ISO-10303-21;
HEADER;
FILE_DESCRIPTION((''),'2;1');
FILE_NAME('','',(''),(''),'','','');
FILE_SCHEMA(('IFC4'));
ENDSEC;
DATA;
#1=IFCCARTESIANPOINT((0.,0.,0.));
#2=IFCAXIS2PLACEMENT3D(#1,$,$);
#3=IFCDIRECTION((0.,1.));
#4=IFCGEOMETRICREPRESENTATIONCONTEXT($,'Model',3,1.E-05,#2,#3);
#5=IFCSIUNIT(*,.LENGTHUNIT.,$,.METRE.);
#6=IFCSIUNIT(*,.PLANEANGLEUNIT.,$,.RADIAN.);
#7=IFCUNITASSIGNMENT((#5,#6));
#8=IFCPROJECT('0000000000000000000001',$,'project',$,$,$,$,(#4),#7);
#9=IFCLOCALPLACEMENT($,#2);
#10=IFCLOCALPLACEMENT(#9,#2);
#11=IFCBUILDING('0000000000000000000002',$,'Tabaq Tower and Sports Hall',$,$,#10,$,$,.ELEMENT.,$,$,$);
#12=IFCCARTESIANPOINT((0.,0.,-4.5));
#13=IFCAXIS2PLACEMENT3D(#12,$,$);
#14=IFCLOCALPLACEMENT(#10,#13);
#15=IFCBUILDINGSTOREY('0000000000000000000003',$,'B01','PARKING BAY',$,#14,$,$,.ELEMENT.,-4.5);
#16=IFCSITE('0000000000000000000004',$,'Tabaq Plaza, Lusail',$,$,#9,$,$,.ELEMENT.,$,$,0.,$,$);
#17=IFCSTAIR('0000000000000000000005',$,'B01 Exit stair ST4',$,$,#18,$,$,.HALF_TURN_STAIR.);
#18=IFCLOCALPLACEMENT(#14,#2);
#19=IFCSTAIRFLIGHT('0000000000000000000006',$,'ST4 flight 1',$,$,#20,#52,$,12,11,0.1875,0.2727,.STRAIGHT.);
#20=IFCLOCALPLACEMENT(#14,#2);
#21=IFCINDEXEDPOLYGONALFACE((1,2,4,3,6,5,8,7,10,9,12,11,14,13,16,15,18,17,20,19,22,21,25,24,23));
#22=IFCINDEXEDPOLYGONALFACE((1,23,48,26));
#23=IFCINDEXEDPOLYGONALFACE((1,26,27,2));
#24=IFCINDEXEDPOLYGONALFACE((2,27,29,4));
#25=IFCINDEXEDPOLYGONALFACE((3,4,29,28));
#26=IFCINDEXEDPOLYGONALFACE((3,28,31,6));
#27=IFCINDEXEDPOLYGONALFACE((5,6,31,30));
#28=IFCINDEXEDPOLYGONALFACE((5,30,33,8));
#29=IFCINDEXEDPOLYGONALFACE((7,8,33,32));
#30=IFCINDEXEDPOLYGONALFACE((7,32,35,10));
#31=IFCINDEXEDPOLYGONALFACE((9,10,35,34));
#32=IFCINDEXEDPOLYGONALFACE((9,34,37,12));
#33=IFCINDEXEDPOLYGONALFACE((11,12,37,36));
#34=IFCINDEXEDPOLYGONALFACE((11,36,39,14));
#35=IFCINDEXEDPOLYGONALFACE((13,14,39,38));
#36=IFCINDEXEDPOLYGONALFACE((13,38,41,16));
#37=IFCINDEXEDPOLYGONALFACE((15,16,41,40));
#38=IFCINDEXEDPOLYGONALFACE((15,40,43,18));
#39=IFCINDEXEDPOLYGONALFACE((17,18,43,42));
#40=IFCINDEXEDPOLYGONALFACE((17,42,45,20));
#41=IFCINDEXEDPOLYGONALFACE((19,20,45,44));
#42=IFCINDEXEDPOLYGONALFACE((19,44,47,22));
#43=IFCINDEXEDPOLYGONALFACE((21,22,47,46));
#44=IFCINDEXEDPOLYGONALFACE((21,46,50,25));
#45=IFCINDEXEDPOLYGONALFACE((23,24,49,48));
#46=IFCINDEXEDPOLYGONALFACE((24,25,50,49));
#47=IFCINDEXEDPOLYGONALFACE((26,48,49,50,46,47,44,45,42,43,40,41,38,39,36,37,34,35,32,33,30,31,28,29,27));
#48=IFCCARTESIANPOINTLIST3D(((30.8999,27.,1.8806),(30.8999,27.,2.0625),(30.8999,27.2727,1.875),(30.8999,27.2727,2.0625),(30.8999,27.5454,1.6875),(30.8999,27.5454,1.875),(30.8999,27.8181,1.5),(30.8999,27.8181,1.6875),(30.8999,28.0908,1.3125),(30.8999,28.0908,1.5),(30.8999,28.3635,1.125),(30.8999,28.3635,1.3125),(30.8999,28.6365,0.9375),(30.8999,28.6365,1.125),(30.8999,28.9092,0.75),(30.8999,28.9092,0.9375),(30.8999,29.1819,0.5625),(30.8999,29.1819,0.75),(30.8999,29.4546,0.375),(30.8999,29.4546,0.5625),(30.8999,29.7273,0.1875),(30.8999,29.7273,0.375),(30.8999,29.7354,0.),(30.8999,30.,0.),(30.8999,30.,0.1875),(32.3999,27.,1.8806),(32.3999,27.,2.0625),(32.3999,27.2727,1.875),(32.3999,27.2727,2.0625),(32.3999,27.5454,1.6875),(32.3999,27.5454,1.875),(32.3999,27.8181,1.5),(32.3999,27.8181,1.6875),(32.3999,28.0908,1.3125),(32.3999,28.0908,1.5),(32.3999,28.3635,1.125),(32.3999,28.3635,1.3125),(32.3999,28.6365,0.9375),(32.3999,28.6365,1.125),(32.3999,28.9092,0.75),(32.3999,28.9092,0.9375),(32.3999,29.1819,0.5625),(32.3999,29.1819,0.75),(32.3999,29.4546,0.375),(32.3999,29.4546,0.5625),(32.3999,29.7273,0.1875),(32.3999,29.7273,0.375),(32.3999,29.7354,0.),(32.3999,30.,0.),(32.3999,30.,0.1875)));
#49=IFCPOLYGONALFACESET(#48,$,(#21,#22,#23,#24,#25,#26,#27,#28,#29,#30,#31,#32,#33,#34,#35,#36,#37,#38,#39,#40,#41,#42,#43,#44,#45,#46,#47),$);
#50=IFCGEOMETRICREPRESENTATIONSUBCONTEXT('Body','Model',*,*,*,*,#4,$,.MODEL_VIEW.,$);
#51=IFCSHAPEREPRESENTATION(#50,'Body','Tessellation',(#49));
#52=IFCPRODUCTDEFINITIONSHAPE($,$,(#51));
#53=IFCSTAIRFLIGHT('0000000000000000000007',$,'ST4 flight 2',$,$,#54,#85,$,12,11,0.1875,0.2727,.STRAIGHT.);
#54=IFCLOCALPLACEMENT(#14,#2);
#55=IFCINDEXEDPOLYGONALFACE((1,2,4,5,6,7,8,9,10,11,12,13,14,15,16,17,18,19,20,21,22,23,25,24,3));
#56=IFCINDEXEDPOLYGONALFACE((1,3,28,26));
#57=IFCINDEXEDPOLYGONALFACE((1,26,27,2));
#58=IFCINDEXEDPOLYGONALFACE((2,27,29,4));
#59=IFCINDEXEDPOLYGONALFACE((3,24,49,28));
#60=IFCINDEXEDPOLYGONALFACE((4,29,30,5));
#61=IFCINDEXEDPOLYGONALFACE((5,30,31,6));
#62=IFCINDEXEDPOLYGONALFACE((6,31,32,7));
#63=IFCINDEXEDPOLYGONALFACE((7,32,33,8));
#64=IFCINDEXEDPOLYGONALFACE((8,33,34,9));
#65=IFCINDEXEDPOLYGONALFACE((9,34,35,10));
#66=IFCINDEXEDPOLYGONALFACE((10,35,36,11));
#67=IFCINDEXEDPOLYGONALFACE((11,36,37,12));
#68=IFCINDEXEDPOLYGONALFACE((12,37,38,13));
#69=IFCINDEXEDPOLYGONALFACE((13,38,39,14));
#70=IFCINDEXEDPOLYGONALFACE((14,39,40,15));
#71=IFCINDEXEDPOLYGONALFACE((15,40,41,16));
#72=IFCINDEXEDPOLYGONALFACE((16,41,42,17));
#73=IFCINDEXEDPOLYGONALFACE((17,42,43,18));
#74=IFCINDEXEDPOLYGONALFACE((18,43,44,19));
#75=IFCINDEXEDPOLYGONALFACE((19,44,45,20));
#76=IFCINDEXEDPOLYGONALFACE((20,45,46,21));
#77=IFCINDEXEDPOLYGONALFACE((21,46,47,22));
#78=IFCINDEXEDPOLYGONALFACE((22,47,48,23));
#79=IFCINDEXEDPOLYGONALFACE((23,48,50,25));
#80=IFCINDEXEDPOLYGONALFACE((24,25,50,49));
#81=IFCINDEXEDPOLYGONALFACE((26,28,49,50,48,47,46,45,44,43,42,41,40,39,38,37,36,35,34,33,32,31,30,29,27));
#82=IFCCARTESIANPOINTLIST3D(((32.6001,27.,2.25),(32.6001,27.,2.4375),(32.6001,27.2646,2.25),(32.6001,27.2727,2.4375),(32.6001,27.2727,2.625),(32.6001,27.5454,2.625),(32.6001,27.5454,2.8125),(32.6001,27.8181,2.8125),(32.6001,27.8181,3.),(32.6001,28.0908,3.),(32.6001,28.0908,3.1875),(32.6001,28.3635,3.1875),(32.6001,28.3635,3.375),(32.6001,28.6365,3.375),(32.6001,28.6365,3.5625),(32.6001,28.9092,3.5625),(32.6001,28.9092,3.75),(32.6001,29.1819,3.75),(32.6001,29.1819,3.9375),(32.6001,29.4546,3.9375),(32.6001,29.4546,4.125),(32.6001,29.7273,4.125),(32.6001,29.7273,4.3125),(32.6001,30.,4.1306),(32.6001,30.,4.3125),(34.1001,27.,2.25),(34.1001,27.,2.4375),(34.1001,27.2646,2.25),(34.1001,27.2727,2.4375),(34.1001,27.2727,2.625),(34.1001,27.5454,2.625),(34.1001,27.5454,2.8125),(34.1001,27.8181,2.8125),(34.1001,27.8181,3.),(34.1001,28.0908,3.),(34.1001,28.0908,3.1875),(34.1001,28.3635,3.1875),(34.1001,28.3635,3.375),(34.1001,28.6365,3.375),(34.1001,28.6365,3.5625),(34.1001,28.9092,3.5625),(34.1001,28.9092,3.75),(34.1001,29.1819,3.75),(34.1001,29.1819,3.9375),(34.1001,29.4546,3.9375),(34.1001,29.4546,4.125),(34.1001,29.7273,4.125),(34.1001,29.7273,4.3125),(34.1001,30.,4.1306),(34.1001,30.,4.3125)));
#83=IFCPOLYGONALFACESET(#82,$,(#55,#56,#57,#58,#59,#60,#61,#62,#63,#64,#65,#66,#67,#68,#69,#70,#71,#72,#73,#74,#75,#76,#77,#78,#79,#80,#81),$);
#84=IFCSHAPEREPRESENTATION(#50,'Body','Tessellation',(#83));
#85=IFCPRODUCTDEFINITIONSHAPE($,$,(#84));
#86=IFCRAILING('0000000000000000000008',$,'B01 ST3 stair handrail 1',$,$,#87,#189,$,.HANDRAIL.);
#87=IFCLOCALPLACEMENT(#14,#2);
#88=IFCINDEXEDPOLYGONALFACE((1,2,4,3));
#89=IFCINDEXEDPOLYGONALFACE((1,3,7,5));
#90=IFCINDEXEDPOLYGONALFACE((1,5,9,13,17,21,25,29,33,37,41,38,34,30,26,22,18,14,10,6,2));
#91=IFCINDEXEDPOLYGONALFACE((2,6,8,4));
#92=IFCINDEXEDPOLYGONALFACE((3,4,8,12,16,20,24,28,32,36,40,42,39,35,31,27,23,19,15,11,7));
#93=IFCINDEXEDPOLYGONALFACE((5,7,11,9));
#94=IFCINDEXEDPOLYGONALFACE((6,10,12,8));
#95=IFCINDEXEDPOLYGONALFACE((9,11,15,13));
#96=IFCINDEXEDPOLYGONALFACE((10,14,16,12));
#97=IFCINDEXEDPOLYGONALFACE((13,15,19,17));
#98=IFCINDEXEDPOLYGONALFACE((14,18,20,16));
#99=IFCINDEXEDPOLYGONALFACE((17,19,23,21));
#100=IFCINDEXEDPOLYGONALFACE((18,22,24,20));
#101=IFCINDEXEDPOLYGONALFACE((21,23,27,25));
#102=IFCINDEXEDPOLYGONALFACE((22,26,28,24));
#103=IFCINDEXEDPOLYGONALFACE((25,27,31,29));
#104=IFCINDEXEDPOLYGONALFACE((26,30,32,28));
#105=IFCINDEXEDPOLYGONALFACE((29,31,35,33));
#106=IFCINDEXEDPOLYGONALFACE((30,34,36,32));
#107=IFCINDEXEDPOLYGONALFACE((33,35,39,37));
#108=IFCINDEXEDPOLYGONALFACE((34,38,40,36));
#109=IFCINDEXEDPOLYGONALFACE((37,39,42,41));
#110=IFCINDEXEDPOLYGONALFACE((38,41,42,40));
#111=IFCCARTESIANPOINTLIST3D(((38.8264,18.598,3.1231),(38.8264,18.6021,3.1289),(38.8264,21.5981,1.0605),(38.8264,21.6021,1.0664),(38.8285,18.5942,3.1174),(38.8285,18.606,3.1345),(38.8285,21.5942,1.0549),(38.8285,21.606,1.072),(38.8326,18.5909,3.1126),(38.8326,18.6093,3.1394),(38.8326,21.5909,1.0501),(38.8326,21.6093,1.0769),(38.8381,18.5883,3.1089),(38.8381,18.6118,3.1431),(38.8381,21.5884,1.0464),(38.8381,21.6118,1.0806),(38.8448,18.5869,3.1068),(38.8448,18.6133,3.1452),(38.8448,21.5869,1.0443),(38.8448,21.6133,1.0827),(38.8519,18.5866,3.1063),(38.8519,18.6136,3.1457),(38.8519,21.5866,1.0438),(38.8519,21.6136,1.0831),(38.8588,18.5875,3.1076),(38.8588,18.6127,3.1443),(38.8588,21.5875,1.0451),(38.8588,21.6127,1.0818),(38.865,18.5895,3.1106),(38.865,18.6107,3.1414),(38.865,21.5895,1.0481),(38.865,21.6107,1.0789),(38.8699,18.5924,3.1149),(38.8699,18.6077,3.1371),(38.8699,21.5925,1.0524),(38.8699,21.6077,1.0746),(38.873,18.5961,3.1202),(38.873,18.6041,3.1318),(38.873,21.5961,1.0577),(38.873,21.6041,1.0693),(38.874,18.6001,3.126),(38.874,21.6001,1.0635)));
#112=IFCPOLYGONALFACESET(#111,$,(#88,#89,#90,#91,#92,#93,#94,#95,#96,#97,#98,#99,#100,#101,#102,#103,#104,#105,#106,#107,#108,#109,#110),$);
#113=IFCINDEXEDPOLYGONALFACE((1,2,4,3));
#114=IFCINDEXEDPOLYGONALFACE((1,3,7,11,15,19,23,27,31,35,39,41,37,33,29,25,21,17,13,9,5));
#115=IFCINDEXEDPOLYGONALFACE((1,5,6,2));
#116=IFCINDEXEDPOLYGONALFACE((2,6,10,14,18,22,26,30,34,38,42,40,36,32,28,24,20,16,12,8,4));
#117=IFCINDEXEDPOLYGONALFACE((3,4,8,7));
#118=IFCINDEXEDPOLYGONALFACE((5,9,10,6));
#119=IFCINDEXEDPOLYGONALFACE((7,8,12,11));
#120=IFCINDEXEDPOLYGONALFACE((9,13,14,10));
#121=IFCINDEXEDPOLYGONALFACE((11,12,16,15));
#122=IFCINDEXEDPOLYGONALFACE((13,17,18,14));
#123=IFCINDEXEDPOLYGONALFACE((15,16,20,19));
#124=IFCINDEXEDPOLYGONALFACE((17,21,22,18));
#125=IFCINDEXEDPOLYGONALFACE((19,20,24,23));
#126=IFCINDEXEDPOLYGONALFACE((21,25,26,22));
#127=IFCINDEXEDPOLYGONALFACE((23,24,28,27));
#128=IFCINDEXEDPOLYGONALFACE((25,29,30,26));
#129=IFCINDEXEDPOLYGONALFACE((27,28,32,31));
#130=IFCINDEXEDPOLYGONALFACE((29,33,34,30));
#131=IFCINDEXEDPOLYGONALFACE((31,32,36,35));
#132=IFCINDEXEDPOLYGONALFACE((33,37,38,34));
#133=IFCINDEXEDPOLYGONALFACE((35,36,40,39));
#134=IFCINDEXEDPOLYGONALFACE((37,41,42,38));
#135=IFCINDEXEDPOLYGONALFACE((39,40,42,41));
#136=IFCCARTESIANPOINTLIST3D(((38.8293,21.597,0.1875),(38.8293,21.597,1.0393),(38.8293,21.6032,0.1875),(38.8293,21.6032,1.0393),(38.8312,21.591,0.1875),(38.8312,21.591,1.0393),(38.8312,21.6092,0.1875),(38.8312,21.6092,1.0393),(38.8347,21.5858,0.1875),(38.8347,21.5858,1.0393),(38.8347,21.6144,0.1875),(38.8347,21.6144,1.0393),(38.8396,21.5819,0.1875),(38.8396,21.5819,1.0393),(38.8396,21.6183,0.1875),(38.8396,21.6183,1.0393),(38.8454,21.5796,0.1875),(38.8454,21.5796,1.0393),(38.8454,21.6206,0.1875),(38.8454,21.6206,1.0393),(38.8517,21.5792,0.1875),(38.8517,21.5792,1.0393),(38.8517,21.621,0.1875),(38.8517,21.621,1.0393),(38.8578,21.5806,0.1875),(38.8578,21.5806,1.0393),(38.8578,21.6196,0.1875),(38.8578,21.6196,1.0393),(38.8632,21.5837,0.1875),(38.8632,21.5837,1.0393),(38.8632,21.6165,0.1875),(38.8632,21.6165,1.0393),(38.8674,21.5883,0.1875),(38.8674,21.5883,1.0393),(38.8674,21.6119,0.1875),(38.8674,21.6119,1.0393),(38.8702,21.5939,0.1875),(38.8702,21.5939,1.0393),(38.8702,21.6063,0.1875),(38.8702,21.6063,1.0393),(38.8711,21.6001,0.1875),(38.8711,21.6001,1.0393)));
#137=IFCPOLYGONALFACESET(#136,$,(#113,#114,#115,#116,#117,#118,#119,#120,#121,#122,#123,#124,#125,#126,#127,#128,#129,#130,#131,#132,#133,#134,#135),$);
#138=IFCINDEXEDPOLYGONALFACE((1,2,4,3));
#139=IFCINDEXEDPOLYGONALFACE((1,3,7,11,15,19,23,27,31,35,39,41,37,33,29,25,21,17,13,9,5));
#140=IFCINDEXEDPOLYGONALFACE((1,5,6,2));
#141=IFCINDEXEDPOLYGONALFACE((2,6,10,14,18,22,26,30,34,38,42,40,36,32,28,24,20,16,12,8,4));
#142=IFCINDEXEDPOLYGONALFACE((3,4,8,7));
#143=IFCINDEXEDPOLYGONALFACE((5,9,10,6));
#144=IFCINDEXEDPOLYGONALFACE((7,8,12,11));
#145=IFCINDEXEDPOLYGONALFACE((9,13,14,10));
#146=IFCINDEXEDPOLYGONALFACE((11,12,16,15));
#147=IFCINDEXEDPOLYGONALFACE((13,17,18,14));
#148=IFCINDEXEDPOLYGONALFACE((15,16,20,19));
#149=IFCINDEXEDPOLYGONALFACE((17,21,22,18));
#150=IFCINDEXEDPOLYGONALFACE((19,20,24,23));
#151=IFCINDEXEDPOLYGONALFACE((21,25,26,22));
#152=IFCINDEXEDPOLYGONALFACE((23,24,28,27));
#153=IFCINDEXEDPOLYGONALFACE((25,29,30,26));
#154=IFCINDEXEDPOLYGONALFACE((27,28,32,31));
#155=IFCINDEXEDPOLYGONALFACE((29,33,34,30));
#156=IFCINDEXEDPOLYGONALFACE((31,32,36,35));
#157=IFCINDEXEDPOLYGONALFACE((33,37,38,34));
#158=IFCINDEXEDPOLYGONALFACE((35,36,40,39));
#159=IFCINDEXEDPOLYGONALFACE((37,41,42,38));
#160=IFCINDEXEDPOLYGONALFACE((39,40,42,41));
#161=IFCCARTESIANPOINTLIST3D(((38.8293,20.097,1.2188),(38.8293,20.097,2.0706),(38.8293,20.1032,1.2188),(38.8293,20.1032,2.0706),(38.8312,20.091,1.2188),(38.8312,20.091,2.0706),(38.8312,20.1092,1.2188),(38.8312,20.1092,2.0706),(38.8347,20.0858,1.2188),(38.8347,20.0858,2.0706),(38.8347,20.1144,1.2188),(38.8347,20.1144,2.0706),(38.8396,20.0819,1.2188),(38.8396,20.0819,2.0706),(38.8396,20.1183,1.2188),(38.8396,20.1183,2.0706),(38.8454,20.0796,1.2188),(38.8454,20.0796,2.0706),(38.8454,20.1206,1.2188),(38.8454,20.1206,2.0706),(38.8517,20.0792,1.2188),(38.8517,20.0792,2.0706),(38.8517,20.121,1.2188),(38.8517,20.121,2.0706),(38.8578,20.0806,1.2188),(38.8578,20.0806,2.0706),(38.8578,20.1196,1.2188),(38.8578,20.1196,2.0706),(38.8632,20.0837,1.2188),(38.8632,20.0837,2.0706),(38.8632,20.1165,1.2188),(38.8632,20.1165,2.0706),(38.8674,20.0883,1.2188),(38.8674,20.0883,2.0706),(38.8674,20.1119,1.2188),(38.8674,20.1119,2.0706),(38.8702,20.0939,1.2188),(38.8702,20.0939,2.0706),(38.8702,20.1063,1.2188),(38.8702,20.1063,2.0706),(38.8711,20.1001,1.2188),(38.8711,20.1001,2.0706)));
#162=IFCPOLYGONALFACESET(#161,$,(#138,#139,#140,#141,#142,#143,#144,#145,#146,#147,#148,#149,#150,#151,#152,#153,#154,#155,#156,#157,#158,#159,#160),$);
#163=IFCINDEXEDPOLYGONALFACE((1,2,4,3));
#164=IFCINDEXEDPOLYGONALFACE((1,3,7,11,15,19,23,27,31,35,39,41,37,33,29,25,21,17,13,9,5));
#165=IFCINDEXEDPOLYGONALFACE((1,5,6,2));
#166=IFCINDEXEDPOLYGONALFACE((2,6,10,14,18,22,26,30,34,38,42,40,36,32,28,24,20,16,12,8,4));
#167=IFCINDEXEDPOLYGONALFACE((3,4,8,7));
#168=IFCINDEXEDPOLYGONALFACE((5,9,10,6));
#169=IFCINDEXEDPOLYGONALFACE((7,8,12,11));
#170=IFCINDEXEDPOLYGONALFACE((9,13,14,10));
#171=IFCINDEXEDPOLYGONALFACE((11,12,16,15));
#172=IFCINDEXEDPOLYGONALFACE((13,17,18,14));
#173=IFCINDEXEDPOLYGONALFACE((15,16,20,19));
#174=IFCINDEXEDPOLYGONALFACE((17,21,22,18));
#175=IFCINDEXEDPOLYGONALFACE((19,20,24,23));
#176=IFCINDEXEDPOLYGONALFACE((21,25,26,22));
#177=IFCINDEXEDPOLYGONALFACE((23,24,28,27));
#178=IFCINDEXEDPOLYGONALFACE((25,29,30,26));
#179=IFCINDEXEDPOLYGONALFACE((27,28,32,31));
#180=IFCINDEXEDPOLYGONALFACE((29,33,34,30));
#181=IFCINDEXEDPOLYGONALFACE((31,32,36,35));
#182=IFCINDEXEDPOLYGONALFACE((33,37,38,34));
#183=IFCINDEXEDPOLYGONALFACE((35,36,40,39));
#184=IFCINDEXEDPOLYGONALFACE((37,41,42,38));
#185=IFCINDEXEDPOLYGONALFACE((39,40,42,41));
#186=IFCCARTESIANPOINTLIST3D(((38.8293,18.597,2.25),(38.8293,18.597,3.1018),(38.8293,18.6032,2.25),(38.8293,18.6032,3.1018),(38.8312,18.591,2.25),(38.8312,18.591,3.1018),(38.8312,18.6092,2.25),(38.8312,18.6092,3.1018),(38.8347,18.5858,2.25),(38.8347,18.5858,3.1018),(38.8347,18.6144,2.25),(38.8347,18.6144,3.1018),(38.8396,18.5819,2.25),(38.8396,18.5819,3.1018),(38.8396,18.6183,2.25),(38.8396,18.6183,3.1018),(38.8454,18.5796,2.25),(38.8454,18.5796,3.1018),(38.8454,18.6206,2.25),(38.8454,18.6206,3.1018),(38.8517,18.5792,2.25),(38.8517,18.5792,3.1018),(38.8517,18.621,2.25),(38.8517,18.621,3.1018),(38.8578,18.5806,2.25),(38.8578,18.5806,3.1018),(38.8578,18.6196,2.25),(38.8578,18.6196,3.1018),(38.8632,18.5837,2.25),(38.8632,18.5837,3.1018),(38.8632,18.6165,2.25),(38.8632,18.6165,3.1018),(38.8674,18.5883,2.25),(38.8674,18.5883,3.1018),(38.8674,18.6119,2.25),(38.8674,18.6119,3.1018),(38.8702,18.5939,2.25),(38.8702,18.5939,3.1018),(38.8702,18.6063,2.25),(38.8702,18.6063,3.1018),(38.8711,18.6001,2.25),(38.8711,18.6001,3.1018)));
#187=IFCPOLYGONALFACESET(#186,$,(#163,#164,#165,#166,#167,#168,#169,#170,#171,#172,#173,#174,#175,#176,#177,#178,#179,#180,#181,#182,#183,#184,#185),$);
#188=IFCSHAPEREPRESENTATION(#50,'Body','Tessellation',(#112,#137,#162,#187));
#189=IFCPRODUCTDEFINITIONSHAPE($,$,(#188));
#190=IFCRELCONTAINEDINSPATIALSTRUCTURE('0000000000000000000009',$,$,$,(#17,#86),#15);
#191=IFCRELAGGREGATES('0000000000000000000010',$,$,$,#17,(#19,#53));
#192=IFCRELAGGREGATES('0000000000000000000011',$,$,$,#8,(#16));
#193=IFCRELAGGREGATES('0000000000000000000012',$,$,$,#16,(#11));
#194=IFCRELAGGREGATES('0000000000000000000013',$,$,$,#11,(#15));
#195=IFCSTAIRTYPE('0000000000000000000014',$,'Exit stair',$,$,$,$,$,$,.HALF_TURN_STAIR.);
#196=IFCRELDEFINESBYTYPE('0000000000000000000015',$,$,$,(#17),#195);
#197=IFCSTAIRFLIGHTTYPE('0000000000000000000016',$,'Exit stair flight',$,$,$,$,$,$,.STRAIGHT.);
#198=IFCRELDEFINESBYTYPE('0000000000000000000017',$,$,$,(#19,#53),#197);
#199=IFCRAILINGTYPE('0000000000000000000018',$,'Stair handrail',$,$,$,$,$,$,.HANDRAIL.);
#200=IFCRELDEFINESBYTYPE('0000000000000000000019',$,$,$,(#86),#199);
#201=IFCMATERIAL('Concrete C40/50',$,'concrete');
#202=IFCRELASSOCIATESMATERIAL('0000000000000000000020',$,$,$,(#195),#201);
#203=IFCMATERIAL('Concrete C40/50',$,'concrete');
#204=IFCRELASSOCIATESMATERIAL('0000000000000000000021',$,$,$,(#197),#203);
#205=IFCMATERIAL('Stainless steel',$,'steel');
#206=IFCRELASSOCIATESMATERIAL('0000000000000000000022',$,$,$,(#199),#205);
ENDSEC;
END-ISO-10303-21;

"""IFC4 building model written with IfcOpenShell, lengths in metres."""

from ifc_helpers import new_model, si_unit, direction, frame, origin, origin_2d, place, context, subcontext, project, spatial, polyline, circle, outline, extrude, material, type_object, element, aggregate, save


model = new_model("IFC4")

# Units and contexts
model_context = context("Model", 3, precision=1e-05, world=origin(), true_north=direction((0.0, 1.0)))
body_context = subcontext(model_context, "Body", "Model", "MODEL_VIEW")
ifc_project = project(units=[si_unit("LENGTHUNIT", "METRE"), si_unit("PLANEANGLEUNIT", "RADIAN")], contexts=[model_context])

# Site, building, storey
site_placement = place(None, origin())
site = spatial("IfcSite", under=ifc_project, at=site_placement, Name="Tabaq Plaza, Lusail", CompositionType="ELEMENT", RefElevation=0.0)
building_placement = place(site_placement, origin())
building = spatial("IfcBuilding", under=site, at=building_placement, Name="Tabaq Tower and Sports Hall", CompositionType="ELEMENT")
storey_placement = place(building_placement, frame((0.0, 0.0, -4.5)))
storey = spatial("IfcBuildingStorey", under=building, at=storey_placement, Name="B01", Description="PARKING BAY", CompositionType="ELEMENT", Elevation=-4.5)

# Shared definitions
ifc_material_1 = material(Name="Concrete C40/50", Category="concrete")
stair_type = type_object("IfcStairType", Name="Exit stair", PredefinedType="HALF_TURN_STAIR", material=ifc_material_1)
ifc_material_2 = material(Name="Concrete C40/50", Category="concrete")
stair_flight_type = type_object("IfcStairFlightType", Name="Exit stair flight", PredefinedType="STRAIGHT", material=ifc_material_2)

# Stair, stair flights
stair_1_placement = place(storey_placement, origin())
stair_1 = element("IfcStair", 1, at=stair_1_placement, inside=storey, type_object=stair_type, Name="B01 Exit stair ST4", PredefinedType="HALF_TURN_STAIR")
stair_flight_1_placement = place(storey_placement, frame((31.6499, 30.0, 0.0), z_axis=(0.0, 0.0, 1.0), x_axis=(0.0, -1.0, 0.0)))
stair_flight_1 = element("IfcStairFlight", 2, at=stair_flight_1_placement, type_object=stair_flight_type, Name="ST4 flight 1", NumberOfRisers=12, NumberOfTreads=11, PredefinedType="STRAIGHT", RiserHeight=0.1875, TreadLength=0.2727, context=body_context, shape_type="SweptSolid", body=[
    extrude(outline(polyline([(0.0, 0.0), (0.0, 0.1875), (0.2727, 0.1875), (0.2727, 0.375), (0.5454, 0.375), (0.5454, 0.5625), (0.8181, 0.5625), (0.8181, 0.75), (1.0908, 0.75), (1.0908, 0.9375), (1.3635, 0.9375), (1.3635, 1.125), (1.6365, 1.125), (1.6365, 1.3125), (1.9092, 1.3125), (1.9092, 1.5), (2.1819, 1.5), (2.1819, 1.6875), (2.4546, 1.6875), (2.4546, 1.875), (2.7273, 1.875), (2.7273, 2.0625), (3.0, 2.0625), (3.0, 2.25), (3.0, 1.8806), (0.2646, 0.0), (0.0, 0.0)])), frame((0.0, 0.75, 0.0), z_axis=(0.0, -1.0, 0.0), x_axis=(1.0, 0.0, 0.0)), (0.0, 0.0, 1.0), 1.5),
])
stair_flight_2_placement = place(storey_placement, frame((33.3501, 27.0, 2.25), z_axis=(0.0, 0.0, 1.0), x_axis=(0.0, 1.0, 0.0)))
stair_flight_2 = element("IfcStairFlight", 3, at=stair_flight_2_placement, type_object=stair_flight_type, Name="ST4 flight 2", NumberOfRisers=12, NumberOfTreads=11, PredefinedType="STRAIGHT", RiserHeight=0.1875, TreadLength=0.2727, context=body_context, shape_type="SweptSolid", body=[
    extrude(outline(polyline([(0.0, 0.0), (0.0, 0.1875), (0.2727, 0.1875), (0.2727, 0.375), (0.5454, 0.375), (0.5454, 0.5625), (0.8181, 0.5625), (0.8181, 0.75), (1.0908, 0.75), (1.0908, 0.9375), (1.3635, 0.9375), (1.3635, 1.125), (1.6365, 1.125), (1.6365, 1.3125), (1.9092, 1.3125), (1.9092, 1.5), (2.1819, 1.5), (2.1819, 1.6875), (2.4546, 1.6875), (2.4546, 1.875), (2.7273, 1.875), (2.7273, 2.0625), (3.0, 2.0625), (3.0, 2.25), (3.0, 1.8806), (0.2646, 0.0), (0.0, 0.0)])), frame((0.0, 0.75, 0.0), z_axis=(0.0, -1.0, 0.0), x_axis=(1.0, 0.0, 0.0)), (0.0, 0.0, 1.0), 1.5),
])
aggregate(stair_1, [stair_flight_1, stair_flight_2])

# Railing
ifc_material_3 = material(Name="Stainless steel", Category="steel")
railing_type_1 = type_object("IfcRailingType", Name="Stair handrail", PredefinedType="HANDRAIL", material=ifc_material_3)
for number, where, name in (
    (4, (38.8501, 21.6001, 0.1875), "B01 ST3 stair handrail 1"),
):
    element("IfcRailing", number, at=place(storey_placement, frame(where)), inside=storey, type_object=railing_type_1, Name=name, PredefinedType="HANDRAIL", context=body_context, shape_type="SweptSolid", body=[
        extrude(circle(Radius=0.0239, at=origin_2d()), frame((0.0, 0.0, 0.876), z_axis=(0.0, -0.824042, 0.566529), x_axis=(1.0, 0.0, 0.0)), (0.0, 0.0, 1.0), 3.6406),
        extrude(circle(Radius=0.021, at=origin_2d()), origin(), (0.0, 0.0, 1.0), 0.8518),
        extrude(circle(Radius=0.021, at=origin_2d()), frame((0.0, -1.5, 1.0312)), (0.0, 0.0, 1.0), 0.8518),
        extrude(circle(Radius=0.021, at=origin_2d()), frame((0.0, -3.0, 2.0625)), (0.0, 0.0, 1.0), 0.8518),
    ])

save(model, "model.ifc")
